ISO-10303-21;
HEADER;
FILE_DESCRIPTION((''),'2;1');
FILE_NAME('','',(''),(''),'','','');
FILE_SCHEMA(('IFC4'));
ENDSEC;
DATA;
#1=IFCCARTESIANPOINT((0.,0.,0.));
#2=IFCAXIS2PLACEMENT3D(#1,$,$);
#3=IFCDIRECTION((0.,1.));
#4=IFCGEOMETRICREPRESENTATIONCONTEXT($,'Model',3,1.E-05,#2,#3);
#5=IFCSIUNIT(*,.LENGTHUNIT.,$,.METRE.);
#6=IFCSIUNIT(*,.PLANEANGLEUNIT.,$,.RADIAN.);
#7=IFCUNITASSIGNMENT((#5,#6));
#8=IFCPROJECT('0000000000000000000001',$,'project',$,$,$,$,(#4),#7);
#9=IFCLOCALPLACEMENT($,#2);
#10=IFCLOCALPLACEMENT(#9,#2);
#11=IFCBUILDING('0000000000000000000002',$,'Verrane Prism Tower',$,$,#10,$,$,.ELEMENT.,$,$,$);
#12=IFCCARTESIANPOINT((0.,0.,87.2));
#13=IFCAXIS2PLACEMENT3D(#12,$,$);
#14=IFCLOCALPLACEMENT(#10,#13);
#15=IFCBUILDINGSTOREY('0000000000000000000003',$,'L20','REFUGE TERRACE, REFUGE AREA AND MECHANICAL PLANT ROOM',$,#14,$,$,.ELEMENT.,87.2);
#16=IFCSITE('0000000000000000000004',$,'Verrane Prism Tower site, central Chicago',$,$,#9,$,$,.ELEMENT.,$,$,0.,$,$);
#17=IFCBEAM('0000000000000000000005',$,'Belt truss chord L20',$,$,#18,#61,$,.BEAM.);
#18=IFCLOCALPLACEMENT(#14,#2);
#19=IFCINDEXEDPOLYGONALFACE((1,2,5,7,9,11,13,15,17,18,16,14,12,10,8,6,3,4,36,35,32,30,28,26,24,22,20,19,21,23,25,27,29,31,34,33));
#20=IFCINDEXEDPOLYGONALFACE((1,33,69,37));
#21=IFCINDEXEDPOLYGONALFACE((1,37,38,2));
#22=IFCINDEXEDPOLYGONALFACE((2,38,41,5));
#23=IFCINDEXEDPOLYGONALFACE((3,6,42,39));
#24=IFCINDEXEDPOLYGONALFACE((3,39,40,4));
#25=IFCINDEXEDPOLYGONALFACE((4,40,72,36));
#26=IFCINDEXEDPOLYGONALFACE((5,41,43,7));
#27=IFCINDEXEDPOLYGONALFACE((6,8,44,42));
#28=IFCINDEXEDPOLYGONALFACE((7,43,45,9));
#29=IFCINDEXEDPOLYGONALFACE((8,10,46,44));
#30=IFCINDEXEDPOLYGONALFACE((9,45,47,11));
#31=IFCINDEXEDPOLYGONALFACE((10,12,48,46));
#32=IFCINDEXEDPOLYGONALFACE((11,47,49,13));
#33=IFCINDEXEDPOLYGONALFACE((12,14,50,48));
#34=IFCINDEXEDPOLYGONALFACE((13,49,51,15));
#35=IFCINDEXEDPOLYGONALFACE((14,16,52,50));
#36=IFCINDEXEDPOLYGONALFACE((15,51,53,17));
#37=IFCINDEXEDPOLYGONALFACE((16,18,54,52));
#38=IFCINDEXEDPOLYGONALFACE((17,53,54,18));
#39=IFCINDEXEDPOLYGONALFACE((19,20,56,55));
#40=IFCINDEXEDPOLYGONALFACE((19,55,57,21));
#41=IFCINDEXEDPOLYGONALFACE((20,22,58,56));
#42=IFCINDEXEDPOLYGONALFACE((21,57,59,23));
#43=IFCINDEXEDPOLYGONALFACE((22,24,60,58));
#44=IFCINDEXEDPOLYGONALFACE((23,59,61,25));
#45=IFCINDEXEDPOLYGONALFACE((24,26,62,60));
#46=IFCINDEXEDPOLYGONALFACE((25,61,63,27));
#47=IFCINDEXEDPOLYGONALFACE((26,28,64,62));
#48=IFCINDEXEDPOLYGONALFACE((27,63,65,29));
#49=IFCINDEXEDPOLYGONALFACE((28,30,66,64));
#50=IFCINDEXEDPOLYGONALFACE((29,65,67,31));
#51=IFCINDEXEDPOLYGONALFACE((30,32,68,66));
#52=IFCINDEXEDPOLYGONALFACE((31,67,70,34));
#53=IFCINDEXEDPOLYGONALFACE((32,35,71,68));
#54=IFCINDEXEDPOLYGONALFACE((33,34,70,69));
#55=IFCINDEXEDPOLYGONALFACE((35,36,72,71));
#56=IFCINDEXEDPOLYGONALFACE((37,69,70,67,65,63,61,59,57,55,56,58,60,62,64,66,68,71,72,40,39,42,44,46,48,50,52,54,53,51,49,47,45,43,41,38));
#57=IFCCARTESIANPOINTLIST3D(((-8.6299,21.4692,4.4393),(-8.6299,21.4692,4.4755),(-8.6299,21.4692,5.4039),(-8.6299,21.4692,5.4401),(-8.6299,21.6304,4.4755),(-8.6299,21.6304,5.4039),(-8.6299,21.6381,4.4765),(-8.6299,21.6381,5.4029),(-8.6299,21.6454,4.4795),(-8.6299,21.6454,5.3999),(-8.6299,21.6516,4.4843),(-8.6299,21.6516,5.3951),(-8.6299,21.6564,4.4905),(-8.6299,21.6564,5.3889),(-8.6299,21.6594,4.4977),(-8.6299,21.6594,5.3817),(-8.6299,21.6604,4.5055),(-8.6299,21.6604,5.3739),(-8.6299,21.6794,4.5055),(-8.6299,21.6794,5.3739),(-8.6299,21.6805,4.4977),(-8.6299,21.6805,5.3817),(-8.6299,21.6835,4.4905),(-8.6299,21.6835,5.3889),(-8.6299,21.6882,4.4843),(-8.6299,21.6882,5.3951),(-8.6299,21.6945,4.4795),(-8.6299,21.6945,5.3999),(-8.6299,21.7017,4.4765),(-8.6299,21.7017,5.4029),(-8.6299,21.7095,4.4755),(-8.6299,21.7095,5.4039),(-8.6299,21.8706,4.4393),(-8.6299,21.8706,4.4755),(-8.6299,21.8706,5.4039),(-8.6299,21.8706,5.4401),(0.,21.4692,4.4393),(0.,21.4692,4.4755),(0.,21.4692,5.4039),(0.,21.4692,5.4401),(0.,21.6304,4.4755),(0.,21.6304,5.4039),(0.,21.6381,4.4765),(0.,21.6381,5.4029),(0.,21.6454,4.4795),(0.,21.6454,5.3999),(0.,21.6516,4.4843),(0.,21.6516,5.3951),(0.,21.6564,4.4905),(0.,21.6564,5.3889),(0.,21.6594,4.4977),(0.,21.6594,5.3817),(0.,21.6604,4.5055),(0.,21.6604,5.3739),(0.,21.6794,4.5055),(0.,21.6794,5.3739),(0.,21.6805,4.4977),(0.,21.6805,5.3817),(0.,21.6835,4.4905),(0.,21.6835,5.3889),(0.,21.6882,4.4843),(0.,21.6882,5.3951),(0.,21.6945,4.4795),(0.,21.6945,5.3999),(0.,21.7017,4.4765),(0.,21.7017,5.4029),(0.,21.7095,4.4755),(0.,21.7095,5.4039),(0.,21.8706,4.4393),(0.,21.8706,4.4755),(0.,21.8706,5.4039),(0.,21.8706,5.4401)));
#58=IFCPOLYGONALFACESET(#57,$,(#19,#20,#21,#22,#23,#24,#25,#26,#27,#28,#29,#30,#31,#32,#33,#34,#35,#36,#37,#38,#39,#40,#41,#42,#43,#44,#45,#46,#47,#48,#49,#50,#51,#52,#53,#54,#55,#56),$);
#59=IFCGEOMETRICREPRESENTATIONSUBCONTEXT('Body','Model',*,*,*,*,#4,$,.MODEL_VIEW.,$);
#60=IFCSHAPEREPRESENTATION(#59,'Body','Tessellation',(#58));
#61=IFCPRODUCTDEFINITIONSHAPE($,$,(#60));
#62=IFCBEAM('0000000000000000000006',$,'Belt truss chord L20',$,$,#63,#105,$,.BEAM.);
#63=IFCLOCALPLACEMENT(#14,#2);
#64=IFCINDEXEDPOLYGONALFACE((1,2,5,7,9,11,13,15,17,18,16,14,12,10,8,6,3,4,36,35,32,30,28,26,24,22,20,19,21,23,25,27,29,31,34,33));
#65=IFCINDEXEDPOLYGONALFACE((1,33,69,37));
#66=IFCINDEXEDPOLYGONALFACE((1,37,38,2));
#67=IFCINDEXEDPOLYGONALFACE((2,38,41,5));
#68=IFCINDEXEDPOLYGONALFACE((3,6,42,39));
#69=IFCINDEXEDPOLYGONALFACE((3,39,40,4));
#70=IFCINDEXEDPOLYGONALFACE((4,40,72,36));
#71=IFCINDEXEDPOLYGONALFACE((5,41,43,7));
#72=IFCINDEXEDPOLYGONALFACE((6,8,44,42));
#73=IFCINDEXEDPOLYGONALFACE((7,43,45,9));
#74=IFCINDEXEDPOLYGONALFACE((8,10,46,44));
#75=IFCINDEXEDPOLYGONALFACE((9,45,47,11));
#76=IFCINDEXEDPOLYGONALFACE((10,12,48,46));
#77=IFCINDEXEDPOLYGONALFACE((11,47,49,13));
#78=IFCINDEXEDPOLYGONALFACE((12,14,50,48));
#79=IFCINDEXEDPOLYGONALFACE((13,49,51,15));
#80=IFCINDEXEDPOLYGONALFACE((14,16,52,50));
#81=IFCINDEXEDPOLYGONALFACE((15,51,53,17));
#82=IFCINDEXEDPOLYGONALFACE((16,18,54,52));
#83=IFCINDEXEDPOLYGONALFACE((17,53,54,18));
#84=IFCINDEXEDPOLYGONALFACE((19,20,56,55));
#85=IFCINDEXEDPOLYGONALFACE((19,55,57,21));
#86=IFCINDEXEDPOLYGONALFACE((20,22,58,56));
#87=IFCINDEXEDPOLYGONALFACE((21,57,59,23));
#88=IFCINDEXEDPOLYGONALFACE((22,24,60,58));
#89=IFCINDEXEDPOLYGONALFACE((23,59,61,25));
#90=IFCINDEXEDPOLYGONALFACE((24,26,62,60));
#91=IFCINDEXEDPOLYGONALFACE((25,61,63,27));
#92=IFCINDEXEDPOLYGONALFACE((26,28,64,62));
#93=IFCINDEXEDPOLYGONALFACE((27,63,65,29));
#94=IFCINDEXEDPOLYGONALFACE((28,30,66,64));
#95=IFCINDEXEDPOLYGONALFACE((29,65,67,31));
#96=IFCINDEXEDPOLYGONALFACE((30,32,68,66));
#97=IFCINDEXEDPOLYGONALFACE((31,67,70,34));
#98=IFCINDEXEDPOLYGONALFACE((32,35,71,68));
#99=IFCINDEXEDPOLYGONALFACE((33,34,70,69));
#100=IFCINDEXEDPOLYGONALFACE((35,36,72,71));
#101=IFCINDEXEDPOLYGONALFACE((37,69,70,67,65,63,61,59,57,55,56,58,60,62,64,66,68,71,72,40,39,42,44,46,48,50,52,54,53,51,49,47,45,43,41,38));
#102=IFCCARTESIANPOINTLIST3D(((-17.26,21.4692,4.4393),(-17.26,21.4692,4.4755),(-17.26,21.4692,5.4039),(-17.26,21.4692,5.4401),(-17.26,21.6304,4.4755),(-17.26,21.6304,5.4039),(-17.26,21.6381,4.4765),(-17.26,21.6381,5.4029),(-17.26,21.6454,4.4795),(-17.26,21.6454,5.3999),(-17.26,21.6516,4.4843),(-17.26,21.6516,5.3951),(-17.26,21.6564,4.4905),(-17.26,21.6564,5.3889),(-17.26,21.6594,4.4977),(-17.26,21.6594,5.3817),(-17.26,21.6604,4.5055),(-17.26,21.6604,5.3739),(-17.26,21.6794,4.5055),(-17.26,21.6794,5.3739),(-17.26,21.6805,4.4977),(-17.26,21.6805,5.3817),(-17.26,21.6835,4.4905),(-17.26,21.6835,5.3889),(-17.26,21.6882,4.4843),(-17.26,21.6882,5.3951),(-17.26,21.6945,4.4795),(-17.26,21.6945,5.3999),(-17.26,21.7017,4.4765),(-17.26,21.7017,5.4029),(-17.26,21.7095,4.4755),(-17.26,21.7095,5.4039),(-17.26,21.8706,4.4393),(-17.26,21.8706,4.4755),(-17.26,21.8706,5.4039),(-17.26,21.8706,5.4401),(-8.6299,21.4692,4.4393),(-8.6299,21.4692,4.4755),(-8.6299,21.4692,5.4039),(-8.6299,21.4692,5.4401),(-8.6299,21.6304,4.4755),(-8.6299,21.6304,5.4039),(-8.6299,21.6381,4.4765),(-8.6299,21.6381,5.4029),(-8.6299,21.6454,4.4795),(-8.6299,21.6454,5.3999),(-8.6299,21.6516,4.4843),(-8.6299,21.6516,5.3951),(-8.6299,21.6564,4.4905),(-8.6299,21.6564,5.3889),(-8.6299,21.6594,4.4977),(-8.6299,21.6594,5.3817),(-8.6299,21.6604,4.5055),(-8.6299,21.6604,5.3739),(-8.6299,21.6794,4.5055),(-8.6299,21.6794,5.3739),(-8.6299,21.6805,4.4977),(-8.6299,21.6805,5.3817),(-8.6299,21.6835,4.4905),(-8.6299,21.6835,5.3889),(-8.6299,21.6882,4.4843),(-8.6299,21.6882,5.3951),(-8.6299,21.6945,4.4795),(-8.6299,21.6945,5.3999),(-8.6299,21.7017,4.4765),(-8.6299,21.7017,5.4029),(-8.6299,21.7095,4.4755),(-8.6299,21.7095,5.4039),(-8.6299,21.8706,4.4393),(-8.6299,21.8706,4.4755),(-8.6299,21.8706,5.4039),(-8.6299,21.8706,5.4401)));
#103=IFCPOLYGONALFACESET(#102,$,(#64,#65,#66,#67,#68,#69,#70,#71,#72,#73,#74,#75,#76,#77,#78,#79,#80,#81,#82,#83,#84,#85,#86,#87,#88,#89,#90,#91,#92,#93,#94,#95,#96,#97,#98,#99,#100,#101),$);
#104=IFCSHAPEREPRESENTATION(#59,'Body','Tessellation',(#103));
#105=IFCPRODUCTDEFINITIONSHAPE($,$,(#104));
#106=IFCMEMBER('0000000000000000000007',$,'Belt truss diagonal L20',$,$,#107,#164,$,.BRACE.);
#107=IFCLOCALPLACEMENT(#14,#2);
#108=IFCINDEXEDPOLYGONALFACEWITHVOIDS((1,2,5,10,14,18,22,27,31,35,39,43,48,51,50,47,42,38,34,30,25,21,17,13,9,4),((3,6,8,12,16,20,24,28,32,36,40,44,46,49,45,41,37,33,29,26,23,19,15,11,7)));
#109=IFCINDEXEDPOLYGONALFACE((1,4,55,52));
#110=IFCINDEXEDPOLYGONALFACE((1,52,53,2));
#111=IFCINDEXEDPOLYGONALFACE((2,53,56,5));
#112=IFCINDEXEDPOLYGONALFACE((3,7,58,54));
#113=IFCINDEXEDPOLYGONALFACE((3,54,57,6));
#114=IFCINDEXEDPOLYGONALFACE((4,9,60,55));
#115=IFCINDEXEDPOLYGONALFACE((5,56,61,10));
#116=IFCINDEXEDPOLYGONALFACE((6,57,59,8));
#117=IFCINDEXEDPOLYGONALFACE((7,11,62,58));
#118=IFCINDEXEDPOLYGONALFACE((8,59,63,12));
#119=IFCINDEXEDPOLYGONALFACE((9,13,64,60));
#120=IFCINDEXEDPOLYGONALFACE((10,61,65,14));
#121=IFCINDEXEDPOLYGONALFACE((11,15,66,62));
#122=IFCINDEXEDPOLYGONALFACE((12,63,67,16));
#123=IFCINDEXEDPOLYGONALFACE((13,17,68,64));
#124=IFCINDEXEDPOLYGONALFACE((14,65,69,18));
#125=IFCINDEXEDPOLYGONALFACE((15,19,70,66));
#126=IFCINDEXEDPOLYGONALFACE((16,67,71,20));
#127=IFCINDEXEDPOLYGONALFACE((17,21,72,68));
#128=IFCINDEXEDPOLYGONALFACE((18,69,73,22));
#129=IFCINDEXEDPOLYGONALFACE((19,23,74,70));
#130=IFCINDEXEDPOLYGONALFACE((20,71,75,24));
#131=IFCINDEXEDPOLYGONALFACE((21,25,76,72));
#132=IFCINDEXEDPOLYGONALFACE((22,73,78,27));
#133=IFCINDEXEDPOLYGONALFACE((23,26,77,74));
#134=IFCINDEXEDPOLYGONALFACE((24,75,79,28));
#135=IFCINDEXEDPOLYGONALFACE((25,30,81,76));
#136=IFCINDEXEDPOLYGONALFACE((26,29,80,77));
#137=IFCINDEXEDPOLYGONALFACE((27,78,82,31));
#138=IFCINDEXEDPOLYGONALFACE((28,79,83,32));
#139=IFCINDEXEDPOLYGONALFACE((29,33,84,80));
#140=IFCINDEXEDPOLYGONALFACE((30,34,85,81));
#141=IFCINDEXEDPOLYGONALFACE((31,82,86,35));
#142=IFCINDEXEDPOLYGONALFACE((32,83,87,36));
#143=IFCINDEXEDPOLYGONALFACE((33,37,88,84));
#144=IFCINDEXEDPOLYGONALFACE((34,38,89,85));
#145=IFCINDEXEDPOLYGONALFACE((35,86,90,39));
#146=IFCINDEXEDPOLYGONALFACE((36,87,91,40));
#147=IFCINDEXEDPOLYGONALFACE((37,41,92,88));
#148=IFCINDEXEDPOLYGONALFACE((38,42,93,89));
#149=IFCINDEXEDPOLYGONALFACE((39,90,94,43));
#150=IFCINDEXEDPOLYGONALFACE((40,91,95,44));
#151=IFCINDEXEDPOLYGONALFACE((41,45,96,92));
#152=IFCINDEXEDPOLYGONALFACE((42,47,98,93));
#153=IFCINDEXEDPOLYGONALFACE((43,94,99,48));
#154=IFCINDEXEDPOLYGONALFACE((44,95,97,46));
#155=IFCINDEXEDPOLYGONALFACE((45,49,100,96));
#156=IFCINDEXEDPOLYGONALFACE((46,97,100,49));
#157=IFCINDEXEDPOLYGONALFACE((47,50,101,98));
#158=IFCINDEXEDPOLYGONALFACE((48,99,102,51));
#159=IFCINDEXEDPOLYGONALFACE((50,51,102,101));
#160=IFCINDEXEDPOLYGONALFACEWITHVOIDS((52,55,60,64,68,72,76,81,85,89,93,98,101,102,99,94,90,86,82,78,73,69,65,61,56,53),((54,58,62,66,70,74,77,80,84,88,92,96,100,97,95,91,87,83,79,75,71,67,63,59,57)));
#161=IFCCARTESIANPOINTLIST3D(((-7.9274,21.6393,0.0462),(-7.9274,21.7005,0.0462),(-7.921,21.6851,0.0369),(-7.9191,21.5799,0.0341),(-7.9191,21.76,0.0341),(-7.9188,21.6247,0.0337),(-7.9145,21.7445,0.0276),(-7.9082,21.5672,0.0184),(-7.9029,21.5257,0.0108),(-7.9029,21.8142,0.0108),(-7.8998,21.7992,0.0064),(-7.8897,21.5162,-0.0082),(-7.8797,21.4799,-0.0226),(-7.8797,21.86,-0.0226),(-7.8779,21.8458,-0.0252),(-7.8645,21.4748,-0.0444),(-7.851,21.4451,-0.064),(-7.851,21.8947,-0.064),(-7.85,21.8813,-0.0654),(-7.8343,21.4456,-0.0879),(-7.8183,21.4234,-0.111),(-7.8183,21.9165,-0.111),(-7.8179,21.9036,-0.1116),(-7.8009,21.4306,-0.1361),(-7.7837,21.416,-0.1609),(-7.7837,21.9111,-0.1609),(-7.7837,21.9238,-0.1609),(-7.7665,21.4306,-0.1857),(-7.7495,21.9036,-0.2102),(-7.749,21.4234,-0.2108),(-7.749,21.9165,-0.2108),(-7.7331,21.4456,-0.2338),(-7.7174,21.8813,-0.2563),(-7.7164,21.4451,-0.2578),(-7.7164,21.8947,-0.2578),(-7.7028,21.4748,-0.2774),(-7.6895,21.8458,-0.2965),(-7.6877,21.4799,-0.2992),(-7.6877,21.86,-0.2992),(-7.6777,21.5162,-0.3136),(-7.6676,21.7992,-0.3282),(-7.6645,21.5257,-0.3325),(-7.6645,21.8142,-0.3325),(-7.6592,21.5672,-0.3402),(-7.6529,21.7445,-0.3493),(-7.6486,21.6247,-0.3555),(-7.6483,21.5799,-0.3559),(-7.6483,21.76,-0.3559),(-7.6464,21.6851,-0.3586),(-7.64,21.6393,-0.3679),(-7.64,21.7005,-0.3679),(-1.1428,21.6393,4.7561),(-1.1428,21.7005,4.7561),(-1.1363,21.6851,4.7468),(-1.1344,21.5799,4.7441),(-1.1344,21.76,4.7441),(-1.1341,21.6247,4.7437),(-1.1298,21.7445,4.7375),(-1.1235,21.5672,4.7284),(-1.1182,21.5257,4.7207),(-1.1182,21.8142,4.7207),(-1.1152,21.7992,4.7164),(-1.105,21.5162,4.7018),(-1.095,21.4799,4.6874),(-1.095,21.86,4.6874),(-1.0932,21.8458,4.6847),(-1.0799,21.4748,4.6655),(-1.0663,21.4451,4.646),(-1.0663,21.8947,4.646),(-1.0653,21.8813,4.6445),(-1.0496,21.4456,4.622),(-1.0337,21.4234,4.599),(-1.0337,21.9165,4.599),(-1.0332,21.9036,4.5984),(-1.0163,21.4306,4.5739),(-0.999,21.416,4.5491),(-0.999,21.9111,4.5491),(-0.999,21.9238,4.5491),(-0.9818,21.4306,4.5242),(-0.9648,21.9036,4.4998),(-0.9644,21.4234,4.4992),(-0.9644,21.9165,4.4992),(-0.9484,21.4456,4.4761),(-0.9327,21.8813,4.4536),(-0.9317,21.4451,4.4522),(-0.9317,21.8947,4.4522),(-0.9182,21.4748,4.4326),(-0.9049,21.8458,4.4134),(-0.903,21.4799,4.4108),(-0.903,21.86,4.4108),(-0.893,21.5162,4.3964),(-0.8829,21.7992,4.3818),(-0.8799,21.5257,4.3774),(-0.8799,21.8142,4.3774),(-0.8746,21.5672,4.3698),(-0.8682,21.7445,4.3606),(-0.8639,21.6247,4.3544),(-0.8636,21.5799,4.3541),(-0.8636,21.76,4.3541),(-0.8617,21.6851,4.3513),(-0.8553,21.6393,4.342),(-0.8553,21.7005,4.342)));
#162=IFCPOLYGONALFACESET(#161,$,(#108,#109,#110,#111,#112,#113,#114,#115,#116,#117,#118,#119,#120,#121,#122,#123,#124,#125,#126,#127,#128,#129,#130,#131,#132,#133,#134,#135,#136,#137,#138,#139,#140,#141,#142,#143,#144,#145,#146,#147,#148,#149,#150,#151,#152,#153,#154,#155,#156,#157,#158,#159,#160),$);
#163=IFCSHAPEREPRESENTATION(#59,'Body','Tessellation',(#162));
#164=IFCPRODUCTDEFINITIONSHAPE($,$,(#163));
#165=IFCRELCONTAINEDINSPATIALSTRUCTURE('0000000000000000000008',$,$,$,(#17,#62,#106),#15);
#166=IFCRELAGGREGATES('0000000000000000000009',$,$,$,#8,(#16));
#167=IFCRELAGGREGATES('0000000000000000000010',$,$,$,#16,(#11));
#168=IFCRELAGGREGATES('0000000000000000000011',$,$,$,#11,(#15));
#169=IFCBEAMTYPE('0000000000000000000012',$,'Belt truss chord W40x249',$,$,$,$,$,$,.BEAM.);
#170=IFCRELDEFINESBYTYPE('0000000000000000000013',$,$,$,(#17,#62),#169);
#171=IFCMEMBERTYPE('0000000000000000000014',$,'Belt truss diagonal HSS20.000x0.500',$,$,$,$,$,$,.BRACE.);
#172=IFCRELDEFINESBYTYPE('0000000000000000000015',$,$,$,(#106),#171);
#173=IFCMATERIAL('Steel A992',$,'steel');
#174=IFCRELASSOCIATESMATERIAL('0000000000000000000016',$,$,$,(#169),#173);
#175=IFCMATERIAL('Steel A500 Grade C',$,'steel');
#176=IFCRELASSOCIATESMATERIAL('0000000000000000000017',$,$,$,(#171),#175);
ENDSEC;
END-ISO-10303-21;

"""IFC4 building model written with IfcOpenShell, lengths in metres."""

from ifc_helpers import new_model, si_unit, direction, frame, origin, origin_2d, place, context, subcontext, project, spatial, hollow_circle, i_section, extrude, material, material_profile, profile_set, type_object, element, save


model = new_model("IFC4")

# Units and contexts
model_context = context("Model", 3, precision=1e-05, world=origin(), true_north=direction((0.0, 1.0)))
body_context = subcontext(model_context, "Body", "Model", "MODEL_VIEW")
ifc_project = project(units=[si_unit("LENGTHUNIT", "METRE"), si_unit("PLANEANGLEUNIT", "RADIAN")], contexts=[model_context])

# Site, building, storey
site_placement = place(None, origin())
site = spatial("IfcSite", under=ifc_project, at=site_placement, Name="Verrane Prism Tower site, central Chicago", CompositionType="ELEMENT", RefElevation=0.0)
building_placement = place(site_placement, origin())
building = spatial("IfcBuilding", under=site, at=building_placement, Name="Verrane Prism Tower", CompositionType="ELEMENT")
storey_placement = place(building_placement, frame((0.0, 0.0, 87.2)))
storey = spatial("IfcBuildingStorey", under=building, at=storey_placement, Name="L20", Description="REFUGE TERRACE, REFUGE AREA AND MECHANICAL PLANT ROOM", CompositionType="ELEMENT", Elevation=87.2)

# Beams
ifc_material_1 = material(Name="Steel A992", Category="steel")
ifc_material_profile_1 = material_profile(ifc_material_1, i_section(OverallWidth=0.4014, OverallDepth=1.0007, WebThickness=0.019, FlangeThickness=0.0361, FilletRadius=0.03, at=origin_2d()), Name="W40x249")
ifc_profile_set_1 = profile_set([ifc_material_profile_1], Name="Steel A992")
beam_type_1 = type_object("IfcBeamType", Name="Belt truss chord W40x249", PredefinedType="BEAM", material=ifc_profile_set_1)
beam_1_placement = place(storey_placement, frame((0.0, 21.6699, 4.9397), z_axis=(-1.0, 0.0, 0.0), x_axis=(0.0, -1.0, 0.0)))
element("IfcBeam", 1, at=beam_1_placement, inside=storey, type_object=beam_type_1, Name="Belt truss chord L20", PredefinedType="BEAM", context=body_context, shape_type="SweptSolid", body=[
    extrude(i_section(OverallWidth=0.4014, OverallDepth=1.0007, WebThickness=0.019, FlangeThickness=0.0361, FilletRadius=0.03, at=origin_2d()), origin(), (0.0, 0.0, 1.0), 8.6299),
])
beam_2_placement = place(storey_placement, frame((-8.6299, 21.6699, 4.9397), z_axis=(-1.0, 0.0, 0.0), x_axis=(0.0, -1.0, 0.0)))
element("IfcBeam", 2, at=beam_2_placement, inside=storey, type_object=beam_type_1, Name="Belt truss chord L20", PredefinedType="BEAM", context=body_context, shape_type="SweptSolid", body=[
    extrude(i_section(OverallWidth=0.4014, OverallDepth=1.0007, WebThickness=0.019, FlangeThickness=0.0361, FilletRadius=0.03, at=origin_2d()), origin(), (0.0, 0.0, 1.0), 8.6301),
])

# Member
ifc_material_2 = material(Name="Steel A500 Grade C", Category="steel")
ifc_material_profile_2 = material_profile(ifc_material_2, hollow_circle(Radius=0.2539, WallThickness=0.0127, at=origin_2d()), Name="HSS20.000x0.500")
ifc_profile_set_2 = profile_set([ifc_material_profile_2], Name="Steel A500 Grade C")
member_type_1 = type_object("IfcMemberType", Name="Belt truss diagonal HSS20.000x0.500", PredefinedType="BRACE", material=ifc_profile_set_2)
member_1_placement = place(storey_placement, frame((-7.7837, 21.6699, -0.1609), z_axis=(0.821462, 0.0, 0.570264), x_axis=(0.0, 1.0, 0.0)))
element("IfcMember", 3, at=member_1_placement, inside=storey, type_object=member_type_1, Name="Belt truss diagonal L20", PredefinedType="BRACE", context=body_context, shape_type="SweptSolid", body=[
    extrude(hollow_circle(Radius=0.2539, WallThickness=0.0127, at=origin_2d()), origin(), (0.0, 0.0, 1.0), 8.2593),
])

save(model, "model.ifc")
